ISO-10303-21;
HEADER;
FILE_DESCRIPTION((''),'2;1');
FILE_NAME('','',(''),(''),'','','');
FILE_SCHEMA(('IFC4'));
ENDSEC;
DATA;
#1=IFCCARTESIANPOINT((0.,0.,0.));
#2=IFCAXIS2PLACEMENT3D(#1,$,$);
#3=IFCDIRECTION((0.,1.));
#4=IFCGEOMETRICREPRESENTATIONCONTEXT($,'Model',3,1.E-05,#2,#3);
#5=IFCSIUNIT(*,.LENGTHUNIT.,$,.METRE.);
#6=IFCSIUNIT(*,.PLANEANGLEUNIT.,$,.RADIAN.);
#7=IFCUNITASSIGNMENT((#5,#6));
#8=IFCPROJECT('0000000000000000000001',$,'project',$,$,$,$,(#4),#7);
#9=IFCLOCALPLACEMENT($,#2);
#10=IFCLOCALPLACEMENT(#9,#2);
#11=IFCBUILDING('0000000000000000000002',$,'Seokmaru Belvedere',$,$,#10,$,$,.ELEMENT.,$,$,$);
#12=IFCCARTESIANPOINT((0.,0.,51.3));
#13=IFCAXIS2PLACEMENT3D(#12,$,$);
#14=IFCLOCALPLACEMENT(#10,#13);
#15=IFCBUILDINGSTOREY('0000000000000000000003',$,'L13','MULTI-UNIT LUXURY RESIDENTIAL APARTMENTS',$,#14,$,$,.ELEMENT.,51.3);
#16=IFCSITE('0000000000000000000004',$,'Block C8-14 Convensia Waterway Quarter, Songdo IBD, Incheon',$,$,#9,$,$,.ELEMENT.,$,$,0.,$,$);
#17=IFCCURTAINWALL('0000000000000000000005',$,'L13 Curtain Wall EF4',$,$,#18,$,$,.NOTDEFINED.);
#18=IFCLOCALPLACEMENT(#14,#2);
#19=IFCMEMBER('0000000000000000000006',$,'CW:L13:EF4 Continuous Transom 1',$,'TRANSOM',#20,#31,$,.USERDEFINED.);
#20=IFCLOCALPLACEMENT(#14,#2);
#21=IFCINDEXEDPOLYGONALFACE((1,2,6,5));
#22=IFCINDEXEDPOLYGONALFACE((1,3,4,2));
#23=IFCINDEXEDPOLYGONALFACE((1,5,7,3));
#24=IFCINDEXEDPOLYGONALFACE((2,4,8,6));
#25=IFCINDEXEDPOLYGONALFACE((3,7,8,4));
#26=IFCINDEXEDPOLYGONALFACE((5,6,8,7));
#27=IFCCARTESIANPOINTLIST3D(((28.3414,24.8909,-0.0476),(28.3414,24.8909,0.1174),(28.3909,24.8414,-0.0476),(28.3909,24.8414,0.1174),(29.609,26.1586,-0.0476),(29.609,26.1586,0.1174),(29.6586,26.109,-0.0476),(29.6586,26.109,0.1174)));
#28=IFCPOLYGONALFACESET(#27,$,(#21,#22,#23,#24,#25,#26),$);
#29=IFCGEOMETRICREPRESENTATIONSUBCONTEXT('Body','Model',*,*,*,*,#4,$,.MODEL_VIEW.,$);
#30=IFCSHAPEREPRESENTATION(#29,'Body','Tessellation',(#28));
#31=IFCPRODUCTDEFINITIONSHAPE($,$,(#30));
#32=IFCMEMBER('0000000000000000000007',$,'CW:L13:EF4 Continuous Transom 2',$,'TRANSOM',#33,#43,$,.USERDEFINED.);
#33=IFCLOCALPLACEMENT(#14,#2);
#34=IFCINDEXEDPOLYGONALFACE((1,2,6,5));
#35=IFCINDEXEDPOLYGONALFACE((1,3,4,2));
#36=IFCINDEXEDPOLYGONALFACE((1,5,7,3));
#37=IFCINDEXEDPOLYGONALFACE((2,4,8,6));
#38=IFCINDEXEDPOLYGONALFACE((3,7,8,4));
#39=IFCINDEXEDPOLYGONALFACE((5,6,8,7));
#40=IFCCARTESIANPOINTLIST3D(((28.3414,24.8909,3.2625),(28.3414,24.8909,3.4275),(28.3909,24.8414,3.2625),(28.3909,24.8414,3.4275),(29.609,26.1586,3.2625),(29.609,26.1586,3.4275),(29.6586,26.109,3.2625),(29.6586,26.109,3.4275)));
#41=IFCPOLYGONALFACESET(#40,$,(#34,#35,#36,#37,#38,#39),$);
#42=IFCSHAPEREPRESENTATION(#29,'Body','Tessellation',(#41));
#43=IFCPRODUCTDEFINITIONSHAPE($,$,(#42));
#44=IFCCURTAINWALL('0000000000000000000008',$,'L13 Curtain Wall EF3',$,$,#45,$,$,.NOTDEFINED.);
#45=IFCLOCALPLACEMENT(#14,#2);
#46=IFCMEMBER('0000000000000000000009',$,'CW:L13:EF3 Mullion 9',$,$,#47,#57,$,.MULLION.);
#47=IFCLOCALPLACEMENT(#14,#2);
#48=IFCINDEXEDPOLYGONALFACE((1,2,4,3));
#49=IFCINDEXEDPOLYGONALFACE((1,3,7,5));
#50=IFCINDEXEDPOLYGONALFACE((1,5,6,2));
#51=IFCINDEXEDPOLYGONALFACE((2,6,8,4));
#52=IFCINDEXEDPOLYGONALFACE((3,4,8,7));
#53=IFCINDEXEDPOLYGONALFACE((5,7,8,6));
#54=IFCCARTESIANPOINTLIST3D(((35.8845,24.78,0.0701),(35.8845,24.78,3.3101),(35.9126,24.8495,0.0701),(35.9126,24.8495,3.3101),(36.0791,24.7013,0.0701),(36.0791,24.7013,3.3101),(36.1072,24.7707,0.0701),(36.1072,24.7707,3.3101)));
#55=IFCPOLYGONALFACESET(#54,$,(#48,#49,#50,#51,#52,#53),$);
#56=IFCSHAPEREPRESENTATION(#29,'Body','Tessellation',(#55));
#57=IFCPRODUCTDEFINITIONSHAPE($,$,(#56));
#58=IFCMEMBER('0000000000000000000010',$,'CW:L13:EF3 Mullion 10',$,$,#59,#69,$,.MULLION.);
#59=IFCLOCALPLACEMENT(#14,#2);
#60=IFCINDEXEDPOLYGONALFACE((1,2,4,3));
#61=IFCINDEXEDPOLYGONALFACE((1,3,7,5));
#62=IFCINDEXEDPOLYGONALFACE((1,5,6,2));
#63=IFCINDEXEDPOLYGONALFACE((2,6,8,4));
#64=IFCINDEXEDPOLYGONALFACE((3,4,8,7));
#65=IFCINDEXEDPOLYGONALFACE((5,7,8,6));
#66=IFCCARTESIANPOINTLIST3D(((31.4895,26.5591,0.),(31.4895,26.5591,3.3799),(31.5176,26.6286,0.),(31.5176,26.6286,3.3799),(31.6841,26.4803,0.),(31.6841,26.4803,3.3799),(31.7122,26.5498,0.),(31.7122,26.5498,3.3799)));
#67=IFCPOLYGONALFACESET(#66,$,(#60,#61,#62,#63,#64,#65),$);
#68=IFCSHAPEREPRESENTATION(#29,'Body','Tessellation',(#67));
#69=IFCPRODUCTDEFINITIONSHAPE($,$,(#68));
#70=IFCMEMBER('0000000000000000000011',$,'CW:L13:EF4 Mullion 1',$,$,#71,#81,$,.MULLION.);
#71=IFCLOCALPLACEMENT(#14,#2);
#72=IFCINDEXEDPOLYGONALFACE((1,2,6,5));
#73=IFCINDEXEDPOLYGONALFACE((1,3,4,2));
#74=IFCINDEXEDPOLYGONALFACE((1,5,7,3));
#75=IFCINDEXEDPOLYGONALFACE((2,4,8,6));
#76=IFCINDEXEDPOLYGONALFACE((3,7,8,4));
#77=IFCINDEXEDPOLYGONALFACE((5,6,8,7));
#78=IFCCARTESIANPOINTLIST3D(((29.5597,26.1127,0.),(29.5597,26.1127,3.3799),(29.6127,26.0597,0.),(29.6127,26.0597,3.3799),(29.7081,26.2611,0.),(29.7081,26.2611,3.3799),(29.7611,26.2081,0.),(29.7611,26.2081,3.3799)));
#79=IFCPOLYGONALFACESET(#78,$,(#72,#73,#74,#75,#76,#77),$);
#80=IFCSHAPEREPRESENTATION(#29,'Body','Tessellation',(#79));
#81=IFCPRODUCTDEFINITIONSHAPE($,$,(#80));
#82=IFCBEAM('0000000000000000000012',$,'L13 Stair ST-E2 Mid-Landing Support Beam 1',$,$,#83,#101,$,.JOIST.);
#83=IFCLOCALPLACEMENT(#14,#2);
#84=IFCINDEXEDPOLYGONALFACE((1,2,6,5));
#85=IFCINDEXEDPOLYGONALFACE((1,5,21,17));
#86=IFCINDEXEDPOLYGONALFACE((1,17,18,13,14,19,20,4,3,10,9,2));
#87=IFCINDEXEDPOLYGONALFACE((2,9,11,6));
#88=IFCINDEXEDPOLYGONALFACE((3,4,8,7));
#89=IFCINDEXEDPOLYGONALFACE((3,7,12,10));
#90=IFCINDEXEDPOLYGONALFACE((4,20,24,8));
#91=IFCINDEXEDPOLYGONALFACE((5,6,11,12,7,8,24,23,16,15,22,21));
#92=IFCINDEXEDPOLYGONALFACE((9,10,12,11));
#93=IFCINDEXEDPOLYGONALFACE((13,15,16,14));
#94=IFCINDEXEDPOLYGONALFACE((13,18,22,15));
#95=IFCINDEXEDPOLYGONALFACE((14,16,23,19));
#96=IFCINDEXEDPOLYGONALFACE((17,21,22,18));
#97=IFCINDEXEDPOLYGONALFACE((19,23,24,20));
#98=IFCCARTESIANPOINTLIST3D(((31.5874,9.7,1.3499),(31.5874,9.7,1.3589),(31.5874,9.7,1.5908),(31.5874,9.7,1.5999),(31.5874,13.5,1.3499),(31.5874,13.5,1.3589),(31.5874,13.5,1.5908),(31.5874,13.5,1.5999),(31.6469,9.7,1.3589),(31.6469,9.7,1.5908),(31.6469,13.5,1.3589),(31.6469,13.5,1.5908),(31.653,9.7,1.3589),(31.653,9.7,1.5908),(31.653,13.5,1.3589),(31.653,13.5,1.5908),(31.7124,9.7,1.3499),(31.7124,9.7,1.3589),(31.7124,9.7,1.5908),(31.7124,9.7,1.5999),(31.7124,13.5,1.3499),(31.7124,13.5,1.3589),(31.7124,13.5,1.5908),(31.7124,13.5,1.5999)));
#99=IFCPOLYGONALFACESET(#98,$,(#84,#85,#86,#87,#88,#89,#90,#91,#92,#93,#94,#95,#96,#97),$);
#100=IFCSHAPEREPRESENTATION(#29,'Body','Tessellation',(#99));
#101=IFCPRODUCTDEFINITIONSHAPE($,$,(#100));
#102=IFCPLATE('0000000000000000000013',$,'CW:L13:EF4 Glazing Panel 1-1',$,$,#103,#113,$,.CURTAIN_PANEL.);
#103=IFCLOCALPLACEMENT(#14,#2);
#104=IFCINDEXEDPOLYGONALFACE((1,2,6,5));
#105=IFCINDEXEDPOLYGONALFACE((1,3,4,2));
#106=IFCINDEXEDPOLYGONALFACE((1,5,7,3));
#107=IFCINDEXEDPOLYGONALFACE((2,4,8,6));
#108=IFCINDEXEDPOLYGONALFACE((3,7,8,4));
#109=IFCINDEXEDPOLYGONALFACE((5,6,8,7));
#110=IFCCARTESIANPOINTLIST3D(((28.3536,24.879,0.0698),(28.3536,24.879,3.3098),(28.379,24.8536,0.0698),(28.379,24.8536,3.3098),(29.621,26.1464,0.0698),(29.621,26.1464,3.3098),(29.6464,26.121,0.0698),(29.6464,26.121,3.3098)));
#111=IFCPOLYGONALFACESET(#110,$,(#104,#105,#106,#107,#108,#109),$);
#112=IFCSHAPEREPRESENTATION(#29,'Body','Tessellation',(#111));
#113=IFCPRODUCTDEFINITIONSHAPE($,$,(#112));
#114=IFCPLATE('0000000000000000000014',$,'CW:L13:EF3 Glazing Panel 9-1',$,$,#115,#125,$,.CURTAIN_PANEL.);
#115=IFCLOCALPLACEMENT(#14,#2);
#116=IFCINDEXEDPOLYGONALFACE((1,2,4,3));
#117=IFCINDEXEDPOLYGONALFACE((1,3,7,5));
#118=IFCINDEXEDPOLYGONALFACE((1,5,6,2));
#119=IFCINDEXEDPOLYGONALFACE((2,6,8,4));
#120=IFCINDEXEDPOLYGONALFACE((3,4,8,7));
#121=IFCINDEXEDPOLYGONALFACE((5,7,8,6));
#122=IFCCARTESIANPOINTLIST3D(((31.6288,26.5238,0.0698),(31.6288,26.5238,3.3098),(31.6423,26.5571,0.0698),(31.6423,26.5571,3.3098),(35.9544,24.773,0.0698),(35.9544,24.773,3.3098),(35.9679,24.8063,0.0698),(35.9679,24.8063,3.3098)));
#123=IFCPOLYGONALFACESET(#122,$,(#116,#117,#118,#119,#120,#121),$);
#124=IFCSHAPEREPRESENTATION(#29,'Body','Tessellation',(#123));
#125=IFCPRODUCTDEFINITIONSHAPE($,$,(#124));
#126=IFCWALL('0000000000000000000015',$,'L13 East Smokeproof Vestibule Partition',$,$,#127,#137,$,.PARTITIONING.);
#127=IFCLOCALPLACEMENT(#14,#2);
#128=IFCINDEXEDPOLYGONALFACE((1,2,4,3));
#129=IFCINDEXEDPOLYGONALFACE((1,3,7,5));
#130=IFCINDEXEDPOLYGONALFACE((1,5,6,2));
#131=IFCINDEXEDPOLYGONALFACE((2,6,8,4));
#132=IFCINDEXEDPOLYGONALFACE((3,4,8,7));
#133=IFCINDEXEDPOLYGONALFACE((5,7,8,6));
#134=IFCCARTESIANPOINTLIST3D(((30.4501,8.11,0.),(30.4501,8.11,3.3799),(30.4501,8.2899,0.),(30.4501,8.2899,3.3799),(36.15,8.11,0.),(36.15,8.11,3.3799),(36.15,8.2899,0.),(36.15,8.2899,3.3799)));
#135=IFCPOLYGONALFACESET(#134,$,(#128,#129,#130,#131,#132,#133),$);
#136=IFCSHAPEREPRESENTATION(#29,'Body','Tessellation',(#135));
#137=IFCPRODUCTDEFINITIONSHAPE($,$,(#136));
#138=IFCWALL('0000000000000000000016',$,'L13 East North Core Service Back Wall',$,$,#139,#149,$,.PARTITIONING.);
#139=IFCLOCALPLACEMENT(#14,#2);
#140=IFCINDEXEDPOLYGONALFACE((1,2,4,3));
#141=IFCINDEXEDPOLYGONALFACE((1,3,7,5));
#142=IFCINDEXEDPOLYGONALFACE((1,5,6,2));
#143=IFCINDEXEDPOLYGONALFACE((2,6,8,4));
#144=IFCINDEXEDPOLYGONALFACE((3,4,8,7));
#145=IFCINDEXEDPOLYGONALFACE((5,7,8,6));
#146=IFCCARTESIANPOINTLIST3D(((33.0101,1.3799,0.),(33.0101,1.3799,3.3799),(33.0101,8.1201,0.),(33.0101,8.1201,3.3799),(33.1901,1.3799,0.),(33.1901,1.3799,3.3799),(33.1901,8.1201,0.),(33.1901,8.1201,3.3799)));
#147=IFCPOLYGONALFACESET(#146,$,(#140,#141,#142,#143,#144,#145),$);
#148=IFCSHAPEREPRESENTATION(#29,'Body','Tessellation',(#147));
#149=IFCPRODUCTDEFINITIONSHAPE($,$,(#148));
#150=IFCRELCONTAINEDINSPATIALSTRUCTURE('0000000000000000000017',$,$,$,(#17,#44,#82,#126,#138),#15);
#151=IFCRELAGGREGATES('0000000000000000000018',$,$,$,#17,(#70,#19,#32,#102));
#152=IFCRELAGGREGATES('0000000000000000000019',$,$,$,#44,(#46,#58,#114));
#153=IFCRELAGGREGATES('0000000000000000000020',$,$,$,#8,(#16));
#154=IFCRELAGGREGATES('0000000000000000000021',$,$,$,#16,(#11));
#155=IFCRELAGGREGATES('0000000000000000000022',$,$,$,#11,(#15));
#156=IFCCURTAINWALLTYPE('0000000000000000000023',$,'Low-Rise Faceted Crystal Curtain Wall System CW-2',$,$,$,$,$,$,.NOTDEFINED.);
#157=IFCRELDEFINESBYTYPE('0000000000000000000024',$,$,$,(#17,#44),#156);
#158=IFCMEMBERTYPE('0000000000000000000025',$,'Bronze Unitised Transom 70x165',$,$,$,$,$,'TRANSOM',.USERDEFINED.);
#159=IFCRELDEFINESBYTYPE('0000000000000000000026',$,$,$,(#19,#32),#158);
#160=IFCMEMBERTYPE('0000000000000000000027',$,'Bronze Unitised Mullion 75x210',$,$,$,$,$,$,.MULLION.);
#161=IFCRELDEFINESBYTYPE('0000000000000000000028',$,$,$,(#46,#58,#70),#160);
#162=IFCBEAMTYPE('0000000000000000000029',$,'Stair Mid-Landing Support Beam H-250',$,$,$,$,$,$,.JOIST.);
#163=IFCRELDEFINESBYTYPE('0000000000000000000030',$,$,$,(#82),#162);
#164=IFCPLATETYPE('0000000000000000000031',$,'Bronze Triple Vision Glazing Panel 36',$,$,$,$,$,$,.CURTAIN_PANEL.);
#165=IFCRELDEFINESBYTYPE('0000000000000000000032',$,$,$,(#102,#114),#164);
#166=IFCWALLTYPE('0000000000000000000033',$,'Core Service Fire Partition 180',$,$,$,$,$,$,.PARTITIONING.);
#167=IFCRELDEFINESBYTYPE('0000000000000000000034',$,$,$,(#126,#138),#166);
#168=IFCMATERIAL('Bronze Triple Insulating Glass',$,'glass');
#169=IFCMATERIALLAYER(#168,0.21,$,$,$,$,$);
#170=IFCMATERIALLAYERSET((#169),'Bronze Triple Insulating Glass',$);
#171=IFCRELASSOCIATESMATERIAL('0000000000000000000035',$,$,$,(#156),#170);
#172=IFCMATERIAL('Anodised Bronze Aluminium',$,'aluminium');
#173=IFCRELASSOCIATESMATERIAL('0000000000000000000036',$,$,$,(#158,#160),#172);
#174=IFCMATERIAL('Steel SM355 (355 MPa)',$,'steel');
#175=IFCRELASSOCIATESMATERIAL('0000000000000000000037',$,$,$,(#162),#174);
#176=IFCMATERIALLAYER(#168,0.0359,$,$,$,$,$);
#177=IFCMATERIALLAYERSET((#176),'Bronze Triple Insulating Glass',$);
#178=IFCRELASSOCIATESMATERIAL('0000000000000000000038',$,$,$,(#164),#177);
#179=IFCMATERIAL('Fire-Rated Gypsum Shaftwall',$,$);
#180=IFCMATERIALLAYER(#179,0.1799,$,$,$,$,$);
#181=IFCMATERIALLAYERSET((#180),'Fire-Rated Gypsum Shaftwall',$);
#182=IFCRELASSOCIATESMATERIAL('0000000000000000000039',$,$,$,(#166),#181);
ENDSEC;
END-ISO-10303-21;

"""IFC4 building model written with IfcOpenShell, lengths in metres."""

from ifc_helpers import new_model, si_unit, direction, frame, frame_2d, origin, origin_2d, place, context, subcontext, project, spatial, rectangle, i_section, extrude, source, transform, mapped, material, layer, layer_set, material_profile, profile_set, type_object, type_shapes, element, aggregate, save


model = new_model("IFC4")

# Units and contexts
model_context = context("Model", 3, precision=1e-05, world=origin(), true_north=direction((0.0, 1.0)))
body_context = subcontext(model_context, "Body", "Model", "MODEL_VIEW")
ifc_project = project(units=[si_unit("LENGTHUNIT", "METRE"), si_unit("PLANEANGLEUNIT", "RADIAN")], contexts=[model_context])

# Site, building, storey
site_placement = place(None, origin())
site = spatial("IfcSite", under=ifc_project, at=site_placement, Name="Block C8-14 Convensia Waterway Quarter, Songdo IBD, Incheon", CompositionType="ELEMENT", RefElevation=0.0)
building_placement = place(site_placement, origin())
building = spatial("IfcBuilding", under=site, at=building_placement, Name="Seokmaru Belvedere", CompositionType="ELEMENT")
storey_placement = place(building_placement, frame((0.0, 0.0, 51.3)))
storey = spatial("IfcBuildingStorey", under=building, at=storey_placement, Name="L13", Description="MULTI-UNIT LUXURY RESIDENTIAL APARTMENTS", CompositionType="ELEMENT", Elevation=51.3)

# Shared definitions
ifc_material_1 = material(Name="Steel SM355 (355 MPa)", Category="steel")

# Curtain walls, members
ifc_material_2 = material(Name="Bronze Triple Insulating Glass", Category="glass")
ifc_layer_1 = layer(ifc_material_2, 0.21)
ifc_layer_set_1 = layer_set([ifc_layer_1], Name="Bronze Triple Insulating Glass")
curtain_wall_type = type_object("IfcCurtainWallType", Name="Low-Rise Faceted Crystal Curtain Wall System CW-2", PredefinedType="NOTDEFINED", material=ifc_layer_set_1)
curtain_wall_1_placement = place(storey_placement, origin())
curtain_wall_1 = element("IfcCurtainWall", 1, at=curtain_wall_1_placement, inside=storey, type_object=curtain_wall_type, Name="L13 Curtain Wall EF4", PredefinedType="NOTDEFINED")
ifc_material_3 = material(Name="Anodised Bronze Aluminium", Category="aluminium")
ifc_material_profile_1 = material_profile(ifc_material_3, rectangle(XDim=0.0701, YDim=0.165, at=origin_2d()), Name="CW-T-70x165")
ifc_profile_set_1 = profile_set([ifc_material_profile_1], Name="Anodised Bronze Aluminium")
member_type_1 = type_object("IfcMemberType", Name="Bronze Unitised Transom 70x165", ElementType="TRANSOM", PredefinedType="USERDEFINED", material=ifc_profile_set_1)
shared_shape_1 = source(origin(), body_context, "Body", "SweptSolid", [
    extrude(rectangle(XDim=0.0701, YDim=0.165, at=origin_2d()), origin(), (0.0, 0.0, 1.0), 1.7927),
])
type_shapes(member_type_1, [shared_shape_1])
member_1_placement = place(storey_placement, frame((29.6338, 26.1338, 0.0349), z_axis=(-0.707107, -0.707107, 0.0), x_axis=(0.707107, -0.707107, 0.0)))
member_1 = element("IfcMember", 2, at=member_1_placement, type_object=member_type_1, Name="CW:L13:EF4 Continuous Transom 1", ObjectType="TRANSOM", PredefinedType="USERDEFINED", context=body_context, shape_type="MappedRepresentation", body=[
    mapped(shared_shape_1, transform((0.0, 0.0, 0.0), scale=1.0)),
])
member_2_placement = place(storey_placement, frame((29.6338, 26.1338, 3.345), z_axis=(-0.707107, -0.707107, 0.0), x_axis=(0.707107, -0.707107, 0.0)))
member_2 = element("IfcMember", 3, at=member_2_placement, type_object=member_type_1, Name="CW:L13:EF4 Continuous Transom 2", ObjectType="TRANSOM", PredefinedType="USERDEFINED", context=body_context, shape_type="MappedRepresentation", body=[
    mapped(shared_shape_1, transform((0.0, 0.0, 0.0), scale=1.0)),
])
curtain_wall_2_placement = place(storey_placement, origin())
curtain_wall_2 = element("IfcCurtainWall", 4, at=curtain_wall_2_placement, inside=storey, type_object=curtain_wall_type, Name="L13 Curtain Wall EF3", PredefinedType="NOTDEFINED")
ifc_material_profile_2 = material_profile(ifc_material_3, rectangle(XDim=0.075, YDim=0.21, at=origin_2d()), Name="CW-M-75x210")
ifc_profile_set_2 = profile_set([ifc_material_profile_2], Name="Anodised Bronze Aluminium")
member_type_2 = type_object("IfcMemberType", Name="Bronze Unitised Mullion 75x210", PredefinedType="MULLION", material=ifc_profile_set_2)
shared_shape_2 = source(origin(), body_context, "Body", "SweptSolid", [
    extrude(rectangle(XDim=0.075, YDim=0.21, at=origin_2d()), origin(), (0.0, 0.0, 1.0), 3.24),
])
member_3_placement = place(storey_placement, frame((35.9958, 24.7754, 0.0701), z_axis=(0.0, 0.0, 1.0), x_axis=(-0.375192, -0.926947, 0.0)))
member_3 = element("IfcMember", 5, at=member_3_placement, type_object=member_type_2, Name="CW:L13:EF3 Mullion 9", PredefinedType="MULLION", context=body_context, shape_type="MappedRepresentation", body=[
    mapped(shared_shape_2, transform((0.0, 0.0, 0.0), scale=1.0)),
])
shared_shape_3 = source(origin(), body_context, "Body", "SweptSolid", [
    extrude(rectangle(XDim=0.075, YDim=0.21, at=origin_2d()), origin(), (0.0, 0.0, 1.0), 3.3799),
])
type_shapes(member_type_2, [shared_shape_2, shared_shape_3])
member_4_placement = place(storey_placement, frame((31.6008, 26.5544, 0.0), z_axis=(0.0, 0.0, 1.0), x_axis=(-0.375192, -0.926947, 0.0)))
member_4 = element("IfcMember", 6, at=member_4_placement, type_object=member_type_2, Name="CW:L13:EF3 Mullion 10", PredefinedType="MULLION", context=body_context, shape_type="MappedRepresentation", body=[
    mapped(shared_shape_3, transform((0.0, 0.0, 0.0), scale=1.0)),
])

# Member
member_5_placement = place(storey_placement, frame((29.6604, 26.1604, 0.0), z_axis=(0.0, 0.0, 1.0), x_axis=(0.707107, -0.707107, 0.0)))
member_5 = element("IfcMember", 7, at=member_5_placement, type_object=member_type_2, Name="CW:L13:EF4 Mullion 1", PredefinedType="MULLION", context=body_context, shape_type="MappedRepresentation", body=[
    mapped(shared_shape_3, transform((0.0, 0.0, 0.0), scale=1.0)),
])

# Beam
ifc_material_profile_3 = material_profile(ifc_material_1, i_section(OverallWidth=0.125, OverallDepth=0.25, WebThickness=0.0061, FlangeThickness=0.009, at=origin_2d()), Name="H-250x125x6x9")
ifc_profile_set_3 = profile_set([ifc_material_profile_3], Name="Steel SM355 (355 MPa)")
beam_type_1 = type_object("IfcBeamType", Name="Stair Mid-Landing Support Beam H-250", PredefinedType="JOIST", material=ifc_profile_set_3)
shared_shape_4 = source(origin(), body_context, "Body", "SweptSolid", [
    extrude(i_section(OverallWidth=0.125, OverallDepth=0.25, WebThickness=0.0061, FlangeThickness=0.009, at=origin_2d()), origin(), (0.0, 0.0, 1.0), 3.8),
])
type_shapes(beam_type_1, [shared_shape_4])
beam_1_placement = place(storey_placement, frame((31.6499, 9.7, 1.4749), z_axis=(0.0, 1.0, 0.0), x_axis=(-1.0, 0.0, 0.0)))
element("IfcBeam", 8, at=beam_1_placement, inside=storey, type_object=beam_type_1, Name="L13 Stair ST-E2 Mid-Landing Support Beam 1", PredefinedType="JOIST", context=body_context, shape_type="MappedRepresentation", body=[
    mapped(shared_shape_4, transform((0.0, 0.0, 0.0), scale=1.0)),
])

# Plates
ifc_layer_2 = layer(ifc_material_2, 0.0359)
ifc_layer_set_2 = layer_set([ifc_layer_2], Name="Bronze Triple Insulating Glass")
plate_type = type_object("IfcPlateType", Name="Bronze Triple Vision Glazing Panel 36", PredefinedType="CURTAIN_PANEL", material=ifc_layer_set_2)
shared_shape_5 = source(origin(), body_context, "Body", "SweptSolid", [
    extrude(rectangle(XDim=1.7925, YDim=0.0359, at=origin_2d()), origin(), (0.0, 0.0, 1.0), 3.24),
])
plate_1_placement = place(storey_placement, frame((29.0, 25.5, 0.0698), z_axis=(0.0, 0.0, 1.0), x_axis=(-0.707107, -0.707107, 0.0)))
plate_1 = element("IfcPlate", 9, at=plate_1_placement, type_object=plate_type, Name="CW:L13:EF4 Glazing Panel 1-1", PredefinedType="CURTAIN_PANEL", context=body_context, shape_type="MappedRepresentation", body=[
    mapped(shared_shape_5, transform((0.0, 0.0, 0.0), scale=1.0)),
])
aggregate(curtain_wall_1, [member_5, member_1, member_2, plate_1])
shared_shape_6 = source(origin(), body_context, "Body", "SweptSolid", [
    extrude(rectangle(XDim=4.6665, YDim=0.0359, at=origin_2d()), origin(), (0.0, 0.0, 1.0), 3.24),
])
type_shapes(plate_type, [shared_shape_5, shared_shape_6])
plate_2_placement = place(storey_placement, frame((33.7983, 25.665, 0.0698), z_axis=(0.0, 0.0, 1.0), x_axis=(-0.926947, 0.375192, 0.0)))
plate_2 = element("IfcPlate", 10, at=plate_2_placement, type_object=plate_type, Name="CW:L13:EF3 Glazing Panel 9-1", PredefinedType="CURTAIN_PANEL", context=body_context, shape_type="MappedRepresentation", body=[
    mapped(shared_shape_6, transform((0.0, 0.0, 0.0), scale=1.0)),
])
aggregate(curtain_wall_2, [member_3, member_4, plate_2])

# Walls
ifc_material_4 = material(Name="Fire-Rated Gypsum Shaftwall")
ifc_layer_3 = layer(ifc_material_4, 0.1799)
ifc_layer_set_3 = layer_set([ifc_layer_3], Name="Fire-Rated Gypsum Shaftwall")
wall_type_1 = type_object("IfcWallType", Name="Core Service Fire Partition 180", PredefinedType="PARTITIONING", material=ifc_layer_set_3)
wall_1_placement = place(storey_placement, frame((30.45, 8.2, 0.0), z_axis=(0.0, 0.0, 1.0), x_axis=(1.0, 0.0, 0.0)))
element("IfcWall", 11, at=wall_1_placement, inside=storey, type_object=wall_type_1, Name="L13 East Smokeproof Vestibule Partition", PredefinedType="PARTITIONING", context=body_context, shape_type="SweptSolid", body=[
    extrude(rectangle(XDim=5.7, YDim=0.1799, at=frame_2d((2.8501, 0.0))), origin(), (0.0, 0.0, 1.0), 3.3799),
])
wall_2_placement = place(storey_placement, frame((33.1001, 1.3799, 0.0), z_axis=(0.0, 0.0, 1.0), x_axis=(0.0, 1.0, 0.0)))
element("IfcWall", 12, at=wall_2_placement, inside=storey, type_object=wall_type_1, Name="L13 East North Core Service Back Wall", PredefinedType="PARTITIONING", context=body_context, shape_type="SweptSolid", body=[
    extrude(rectangle(XDim=6.7402, YDim=0.1799, at=frame_2d((3.3701, 0.0))), origin(), (0.0, 0.0, 1.0), 3.3799),
])

save(model, "model.ifc")
